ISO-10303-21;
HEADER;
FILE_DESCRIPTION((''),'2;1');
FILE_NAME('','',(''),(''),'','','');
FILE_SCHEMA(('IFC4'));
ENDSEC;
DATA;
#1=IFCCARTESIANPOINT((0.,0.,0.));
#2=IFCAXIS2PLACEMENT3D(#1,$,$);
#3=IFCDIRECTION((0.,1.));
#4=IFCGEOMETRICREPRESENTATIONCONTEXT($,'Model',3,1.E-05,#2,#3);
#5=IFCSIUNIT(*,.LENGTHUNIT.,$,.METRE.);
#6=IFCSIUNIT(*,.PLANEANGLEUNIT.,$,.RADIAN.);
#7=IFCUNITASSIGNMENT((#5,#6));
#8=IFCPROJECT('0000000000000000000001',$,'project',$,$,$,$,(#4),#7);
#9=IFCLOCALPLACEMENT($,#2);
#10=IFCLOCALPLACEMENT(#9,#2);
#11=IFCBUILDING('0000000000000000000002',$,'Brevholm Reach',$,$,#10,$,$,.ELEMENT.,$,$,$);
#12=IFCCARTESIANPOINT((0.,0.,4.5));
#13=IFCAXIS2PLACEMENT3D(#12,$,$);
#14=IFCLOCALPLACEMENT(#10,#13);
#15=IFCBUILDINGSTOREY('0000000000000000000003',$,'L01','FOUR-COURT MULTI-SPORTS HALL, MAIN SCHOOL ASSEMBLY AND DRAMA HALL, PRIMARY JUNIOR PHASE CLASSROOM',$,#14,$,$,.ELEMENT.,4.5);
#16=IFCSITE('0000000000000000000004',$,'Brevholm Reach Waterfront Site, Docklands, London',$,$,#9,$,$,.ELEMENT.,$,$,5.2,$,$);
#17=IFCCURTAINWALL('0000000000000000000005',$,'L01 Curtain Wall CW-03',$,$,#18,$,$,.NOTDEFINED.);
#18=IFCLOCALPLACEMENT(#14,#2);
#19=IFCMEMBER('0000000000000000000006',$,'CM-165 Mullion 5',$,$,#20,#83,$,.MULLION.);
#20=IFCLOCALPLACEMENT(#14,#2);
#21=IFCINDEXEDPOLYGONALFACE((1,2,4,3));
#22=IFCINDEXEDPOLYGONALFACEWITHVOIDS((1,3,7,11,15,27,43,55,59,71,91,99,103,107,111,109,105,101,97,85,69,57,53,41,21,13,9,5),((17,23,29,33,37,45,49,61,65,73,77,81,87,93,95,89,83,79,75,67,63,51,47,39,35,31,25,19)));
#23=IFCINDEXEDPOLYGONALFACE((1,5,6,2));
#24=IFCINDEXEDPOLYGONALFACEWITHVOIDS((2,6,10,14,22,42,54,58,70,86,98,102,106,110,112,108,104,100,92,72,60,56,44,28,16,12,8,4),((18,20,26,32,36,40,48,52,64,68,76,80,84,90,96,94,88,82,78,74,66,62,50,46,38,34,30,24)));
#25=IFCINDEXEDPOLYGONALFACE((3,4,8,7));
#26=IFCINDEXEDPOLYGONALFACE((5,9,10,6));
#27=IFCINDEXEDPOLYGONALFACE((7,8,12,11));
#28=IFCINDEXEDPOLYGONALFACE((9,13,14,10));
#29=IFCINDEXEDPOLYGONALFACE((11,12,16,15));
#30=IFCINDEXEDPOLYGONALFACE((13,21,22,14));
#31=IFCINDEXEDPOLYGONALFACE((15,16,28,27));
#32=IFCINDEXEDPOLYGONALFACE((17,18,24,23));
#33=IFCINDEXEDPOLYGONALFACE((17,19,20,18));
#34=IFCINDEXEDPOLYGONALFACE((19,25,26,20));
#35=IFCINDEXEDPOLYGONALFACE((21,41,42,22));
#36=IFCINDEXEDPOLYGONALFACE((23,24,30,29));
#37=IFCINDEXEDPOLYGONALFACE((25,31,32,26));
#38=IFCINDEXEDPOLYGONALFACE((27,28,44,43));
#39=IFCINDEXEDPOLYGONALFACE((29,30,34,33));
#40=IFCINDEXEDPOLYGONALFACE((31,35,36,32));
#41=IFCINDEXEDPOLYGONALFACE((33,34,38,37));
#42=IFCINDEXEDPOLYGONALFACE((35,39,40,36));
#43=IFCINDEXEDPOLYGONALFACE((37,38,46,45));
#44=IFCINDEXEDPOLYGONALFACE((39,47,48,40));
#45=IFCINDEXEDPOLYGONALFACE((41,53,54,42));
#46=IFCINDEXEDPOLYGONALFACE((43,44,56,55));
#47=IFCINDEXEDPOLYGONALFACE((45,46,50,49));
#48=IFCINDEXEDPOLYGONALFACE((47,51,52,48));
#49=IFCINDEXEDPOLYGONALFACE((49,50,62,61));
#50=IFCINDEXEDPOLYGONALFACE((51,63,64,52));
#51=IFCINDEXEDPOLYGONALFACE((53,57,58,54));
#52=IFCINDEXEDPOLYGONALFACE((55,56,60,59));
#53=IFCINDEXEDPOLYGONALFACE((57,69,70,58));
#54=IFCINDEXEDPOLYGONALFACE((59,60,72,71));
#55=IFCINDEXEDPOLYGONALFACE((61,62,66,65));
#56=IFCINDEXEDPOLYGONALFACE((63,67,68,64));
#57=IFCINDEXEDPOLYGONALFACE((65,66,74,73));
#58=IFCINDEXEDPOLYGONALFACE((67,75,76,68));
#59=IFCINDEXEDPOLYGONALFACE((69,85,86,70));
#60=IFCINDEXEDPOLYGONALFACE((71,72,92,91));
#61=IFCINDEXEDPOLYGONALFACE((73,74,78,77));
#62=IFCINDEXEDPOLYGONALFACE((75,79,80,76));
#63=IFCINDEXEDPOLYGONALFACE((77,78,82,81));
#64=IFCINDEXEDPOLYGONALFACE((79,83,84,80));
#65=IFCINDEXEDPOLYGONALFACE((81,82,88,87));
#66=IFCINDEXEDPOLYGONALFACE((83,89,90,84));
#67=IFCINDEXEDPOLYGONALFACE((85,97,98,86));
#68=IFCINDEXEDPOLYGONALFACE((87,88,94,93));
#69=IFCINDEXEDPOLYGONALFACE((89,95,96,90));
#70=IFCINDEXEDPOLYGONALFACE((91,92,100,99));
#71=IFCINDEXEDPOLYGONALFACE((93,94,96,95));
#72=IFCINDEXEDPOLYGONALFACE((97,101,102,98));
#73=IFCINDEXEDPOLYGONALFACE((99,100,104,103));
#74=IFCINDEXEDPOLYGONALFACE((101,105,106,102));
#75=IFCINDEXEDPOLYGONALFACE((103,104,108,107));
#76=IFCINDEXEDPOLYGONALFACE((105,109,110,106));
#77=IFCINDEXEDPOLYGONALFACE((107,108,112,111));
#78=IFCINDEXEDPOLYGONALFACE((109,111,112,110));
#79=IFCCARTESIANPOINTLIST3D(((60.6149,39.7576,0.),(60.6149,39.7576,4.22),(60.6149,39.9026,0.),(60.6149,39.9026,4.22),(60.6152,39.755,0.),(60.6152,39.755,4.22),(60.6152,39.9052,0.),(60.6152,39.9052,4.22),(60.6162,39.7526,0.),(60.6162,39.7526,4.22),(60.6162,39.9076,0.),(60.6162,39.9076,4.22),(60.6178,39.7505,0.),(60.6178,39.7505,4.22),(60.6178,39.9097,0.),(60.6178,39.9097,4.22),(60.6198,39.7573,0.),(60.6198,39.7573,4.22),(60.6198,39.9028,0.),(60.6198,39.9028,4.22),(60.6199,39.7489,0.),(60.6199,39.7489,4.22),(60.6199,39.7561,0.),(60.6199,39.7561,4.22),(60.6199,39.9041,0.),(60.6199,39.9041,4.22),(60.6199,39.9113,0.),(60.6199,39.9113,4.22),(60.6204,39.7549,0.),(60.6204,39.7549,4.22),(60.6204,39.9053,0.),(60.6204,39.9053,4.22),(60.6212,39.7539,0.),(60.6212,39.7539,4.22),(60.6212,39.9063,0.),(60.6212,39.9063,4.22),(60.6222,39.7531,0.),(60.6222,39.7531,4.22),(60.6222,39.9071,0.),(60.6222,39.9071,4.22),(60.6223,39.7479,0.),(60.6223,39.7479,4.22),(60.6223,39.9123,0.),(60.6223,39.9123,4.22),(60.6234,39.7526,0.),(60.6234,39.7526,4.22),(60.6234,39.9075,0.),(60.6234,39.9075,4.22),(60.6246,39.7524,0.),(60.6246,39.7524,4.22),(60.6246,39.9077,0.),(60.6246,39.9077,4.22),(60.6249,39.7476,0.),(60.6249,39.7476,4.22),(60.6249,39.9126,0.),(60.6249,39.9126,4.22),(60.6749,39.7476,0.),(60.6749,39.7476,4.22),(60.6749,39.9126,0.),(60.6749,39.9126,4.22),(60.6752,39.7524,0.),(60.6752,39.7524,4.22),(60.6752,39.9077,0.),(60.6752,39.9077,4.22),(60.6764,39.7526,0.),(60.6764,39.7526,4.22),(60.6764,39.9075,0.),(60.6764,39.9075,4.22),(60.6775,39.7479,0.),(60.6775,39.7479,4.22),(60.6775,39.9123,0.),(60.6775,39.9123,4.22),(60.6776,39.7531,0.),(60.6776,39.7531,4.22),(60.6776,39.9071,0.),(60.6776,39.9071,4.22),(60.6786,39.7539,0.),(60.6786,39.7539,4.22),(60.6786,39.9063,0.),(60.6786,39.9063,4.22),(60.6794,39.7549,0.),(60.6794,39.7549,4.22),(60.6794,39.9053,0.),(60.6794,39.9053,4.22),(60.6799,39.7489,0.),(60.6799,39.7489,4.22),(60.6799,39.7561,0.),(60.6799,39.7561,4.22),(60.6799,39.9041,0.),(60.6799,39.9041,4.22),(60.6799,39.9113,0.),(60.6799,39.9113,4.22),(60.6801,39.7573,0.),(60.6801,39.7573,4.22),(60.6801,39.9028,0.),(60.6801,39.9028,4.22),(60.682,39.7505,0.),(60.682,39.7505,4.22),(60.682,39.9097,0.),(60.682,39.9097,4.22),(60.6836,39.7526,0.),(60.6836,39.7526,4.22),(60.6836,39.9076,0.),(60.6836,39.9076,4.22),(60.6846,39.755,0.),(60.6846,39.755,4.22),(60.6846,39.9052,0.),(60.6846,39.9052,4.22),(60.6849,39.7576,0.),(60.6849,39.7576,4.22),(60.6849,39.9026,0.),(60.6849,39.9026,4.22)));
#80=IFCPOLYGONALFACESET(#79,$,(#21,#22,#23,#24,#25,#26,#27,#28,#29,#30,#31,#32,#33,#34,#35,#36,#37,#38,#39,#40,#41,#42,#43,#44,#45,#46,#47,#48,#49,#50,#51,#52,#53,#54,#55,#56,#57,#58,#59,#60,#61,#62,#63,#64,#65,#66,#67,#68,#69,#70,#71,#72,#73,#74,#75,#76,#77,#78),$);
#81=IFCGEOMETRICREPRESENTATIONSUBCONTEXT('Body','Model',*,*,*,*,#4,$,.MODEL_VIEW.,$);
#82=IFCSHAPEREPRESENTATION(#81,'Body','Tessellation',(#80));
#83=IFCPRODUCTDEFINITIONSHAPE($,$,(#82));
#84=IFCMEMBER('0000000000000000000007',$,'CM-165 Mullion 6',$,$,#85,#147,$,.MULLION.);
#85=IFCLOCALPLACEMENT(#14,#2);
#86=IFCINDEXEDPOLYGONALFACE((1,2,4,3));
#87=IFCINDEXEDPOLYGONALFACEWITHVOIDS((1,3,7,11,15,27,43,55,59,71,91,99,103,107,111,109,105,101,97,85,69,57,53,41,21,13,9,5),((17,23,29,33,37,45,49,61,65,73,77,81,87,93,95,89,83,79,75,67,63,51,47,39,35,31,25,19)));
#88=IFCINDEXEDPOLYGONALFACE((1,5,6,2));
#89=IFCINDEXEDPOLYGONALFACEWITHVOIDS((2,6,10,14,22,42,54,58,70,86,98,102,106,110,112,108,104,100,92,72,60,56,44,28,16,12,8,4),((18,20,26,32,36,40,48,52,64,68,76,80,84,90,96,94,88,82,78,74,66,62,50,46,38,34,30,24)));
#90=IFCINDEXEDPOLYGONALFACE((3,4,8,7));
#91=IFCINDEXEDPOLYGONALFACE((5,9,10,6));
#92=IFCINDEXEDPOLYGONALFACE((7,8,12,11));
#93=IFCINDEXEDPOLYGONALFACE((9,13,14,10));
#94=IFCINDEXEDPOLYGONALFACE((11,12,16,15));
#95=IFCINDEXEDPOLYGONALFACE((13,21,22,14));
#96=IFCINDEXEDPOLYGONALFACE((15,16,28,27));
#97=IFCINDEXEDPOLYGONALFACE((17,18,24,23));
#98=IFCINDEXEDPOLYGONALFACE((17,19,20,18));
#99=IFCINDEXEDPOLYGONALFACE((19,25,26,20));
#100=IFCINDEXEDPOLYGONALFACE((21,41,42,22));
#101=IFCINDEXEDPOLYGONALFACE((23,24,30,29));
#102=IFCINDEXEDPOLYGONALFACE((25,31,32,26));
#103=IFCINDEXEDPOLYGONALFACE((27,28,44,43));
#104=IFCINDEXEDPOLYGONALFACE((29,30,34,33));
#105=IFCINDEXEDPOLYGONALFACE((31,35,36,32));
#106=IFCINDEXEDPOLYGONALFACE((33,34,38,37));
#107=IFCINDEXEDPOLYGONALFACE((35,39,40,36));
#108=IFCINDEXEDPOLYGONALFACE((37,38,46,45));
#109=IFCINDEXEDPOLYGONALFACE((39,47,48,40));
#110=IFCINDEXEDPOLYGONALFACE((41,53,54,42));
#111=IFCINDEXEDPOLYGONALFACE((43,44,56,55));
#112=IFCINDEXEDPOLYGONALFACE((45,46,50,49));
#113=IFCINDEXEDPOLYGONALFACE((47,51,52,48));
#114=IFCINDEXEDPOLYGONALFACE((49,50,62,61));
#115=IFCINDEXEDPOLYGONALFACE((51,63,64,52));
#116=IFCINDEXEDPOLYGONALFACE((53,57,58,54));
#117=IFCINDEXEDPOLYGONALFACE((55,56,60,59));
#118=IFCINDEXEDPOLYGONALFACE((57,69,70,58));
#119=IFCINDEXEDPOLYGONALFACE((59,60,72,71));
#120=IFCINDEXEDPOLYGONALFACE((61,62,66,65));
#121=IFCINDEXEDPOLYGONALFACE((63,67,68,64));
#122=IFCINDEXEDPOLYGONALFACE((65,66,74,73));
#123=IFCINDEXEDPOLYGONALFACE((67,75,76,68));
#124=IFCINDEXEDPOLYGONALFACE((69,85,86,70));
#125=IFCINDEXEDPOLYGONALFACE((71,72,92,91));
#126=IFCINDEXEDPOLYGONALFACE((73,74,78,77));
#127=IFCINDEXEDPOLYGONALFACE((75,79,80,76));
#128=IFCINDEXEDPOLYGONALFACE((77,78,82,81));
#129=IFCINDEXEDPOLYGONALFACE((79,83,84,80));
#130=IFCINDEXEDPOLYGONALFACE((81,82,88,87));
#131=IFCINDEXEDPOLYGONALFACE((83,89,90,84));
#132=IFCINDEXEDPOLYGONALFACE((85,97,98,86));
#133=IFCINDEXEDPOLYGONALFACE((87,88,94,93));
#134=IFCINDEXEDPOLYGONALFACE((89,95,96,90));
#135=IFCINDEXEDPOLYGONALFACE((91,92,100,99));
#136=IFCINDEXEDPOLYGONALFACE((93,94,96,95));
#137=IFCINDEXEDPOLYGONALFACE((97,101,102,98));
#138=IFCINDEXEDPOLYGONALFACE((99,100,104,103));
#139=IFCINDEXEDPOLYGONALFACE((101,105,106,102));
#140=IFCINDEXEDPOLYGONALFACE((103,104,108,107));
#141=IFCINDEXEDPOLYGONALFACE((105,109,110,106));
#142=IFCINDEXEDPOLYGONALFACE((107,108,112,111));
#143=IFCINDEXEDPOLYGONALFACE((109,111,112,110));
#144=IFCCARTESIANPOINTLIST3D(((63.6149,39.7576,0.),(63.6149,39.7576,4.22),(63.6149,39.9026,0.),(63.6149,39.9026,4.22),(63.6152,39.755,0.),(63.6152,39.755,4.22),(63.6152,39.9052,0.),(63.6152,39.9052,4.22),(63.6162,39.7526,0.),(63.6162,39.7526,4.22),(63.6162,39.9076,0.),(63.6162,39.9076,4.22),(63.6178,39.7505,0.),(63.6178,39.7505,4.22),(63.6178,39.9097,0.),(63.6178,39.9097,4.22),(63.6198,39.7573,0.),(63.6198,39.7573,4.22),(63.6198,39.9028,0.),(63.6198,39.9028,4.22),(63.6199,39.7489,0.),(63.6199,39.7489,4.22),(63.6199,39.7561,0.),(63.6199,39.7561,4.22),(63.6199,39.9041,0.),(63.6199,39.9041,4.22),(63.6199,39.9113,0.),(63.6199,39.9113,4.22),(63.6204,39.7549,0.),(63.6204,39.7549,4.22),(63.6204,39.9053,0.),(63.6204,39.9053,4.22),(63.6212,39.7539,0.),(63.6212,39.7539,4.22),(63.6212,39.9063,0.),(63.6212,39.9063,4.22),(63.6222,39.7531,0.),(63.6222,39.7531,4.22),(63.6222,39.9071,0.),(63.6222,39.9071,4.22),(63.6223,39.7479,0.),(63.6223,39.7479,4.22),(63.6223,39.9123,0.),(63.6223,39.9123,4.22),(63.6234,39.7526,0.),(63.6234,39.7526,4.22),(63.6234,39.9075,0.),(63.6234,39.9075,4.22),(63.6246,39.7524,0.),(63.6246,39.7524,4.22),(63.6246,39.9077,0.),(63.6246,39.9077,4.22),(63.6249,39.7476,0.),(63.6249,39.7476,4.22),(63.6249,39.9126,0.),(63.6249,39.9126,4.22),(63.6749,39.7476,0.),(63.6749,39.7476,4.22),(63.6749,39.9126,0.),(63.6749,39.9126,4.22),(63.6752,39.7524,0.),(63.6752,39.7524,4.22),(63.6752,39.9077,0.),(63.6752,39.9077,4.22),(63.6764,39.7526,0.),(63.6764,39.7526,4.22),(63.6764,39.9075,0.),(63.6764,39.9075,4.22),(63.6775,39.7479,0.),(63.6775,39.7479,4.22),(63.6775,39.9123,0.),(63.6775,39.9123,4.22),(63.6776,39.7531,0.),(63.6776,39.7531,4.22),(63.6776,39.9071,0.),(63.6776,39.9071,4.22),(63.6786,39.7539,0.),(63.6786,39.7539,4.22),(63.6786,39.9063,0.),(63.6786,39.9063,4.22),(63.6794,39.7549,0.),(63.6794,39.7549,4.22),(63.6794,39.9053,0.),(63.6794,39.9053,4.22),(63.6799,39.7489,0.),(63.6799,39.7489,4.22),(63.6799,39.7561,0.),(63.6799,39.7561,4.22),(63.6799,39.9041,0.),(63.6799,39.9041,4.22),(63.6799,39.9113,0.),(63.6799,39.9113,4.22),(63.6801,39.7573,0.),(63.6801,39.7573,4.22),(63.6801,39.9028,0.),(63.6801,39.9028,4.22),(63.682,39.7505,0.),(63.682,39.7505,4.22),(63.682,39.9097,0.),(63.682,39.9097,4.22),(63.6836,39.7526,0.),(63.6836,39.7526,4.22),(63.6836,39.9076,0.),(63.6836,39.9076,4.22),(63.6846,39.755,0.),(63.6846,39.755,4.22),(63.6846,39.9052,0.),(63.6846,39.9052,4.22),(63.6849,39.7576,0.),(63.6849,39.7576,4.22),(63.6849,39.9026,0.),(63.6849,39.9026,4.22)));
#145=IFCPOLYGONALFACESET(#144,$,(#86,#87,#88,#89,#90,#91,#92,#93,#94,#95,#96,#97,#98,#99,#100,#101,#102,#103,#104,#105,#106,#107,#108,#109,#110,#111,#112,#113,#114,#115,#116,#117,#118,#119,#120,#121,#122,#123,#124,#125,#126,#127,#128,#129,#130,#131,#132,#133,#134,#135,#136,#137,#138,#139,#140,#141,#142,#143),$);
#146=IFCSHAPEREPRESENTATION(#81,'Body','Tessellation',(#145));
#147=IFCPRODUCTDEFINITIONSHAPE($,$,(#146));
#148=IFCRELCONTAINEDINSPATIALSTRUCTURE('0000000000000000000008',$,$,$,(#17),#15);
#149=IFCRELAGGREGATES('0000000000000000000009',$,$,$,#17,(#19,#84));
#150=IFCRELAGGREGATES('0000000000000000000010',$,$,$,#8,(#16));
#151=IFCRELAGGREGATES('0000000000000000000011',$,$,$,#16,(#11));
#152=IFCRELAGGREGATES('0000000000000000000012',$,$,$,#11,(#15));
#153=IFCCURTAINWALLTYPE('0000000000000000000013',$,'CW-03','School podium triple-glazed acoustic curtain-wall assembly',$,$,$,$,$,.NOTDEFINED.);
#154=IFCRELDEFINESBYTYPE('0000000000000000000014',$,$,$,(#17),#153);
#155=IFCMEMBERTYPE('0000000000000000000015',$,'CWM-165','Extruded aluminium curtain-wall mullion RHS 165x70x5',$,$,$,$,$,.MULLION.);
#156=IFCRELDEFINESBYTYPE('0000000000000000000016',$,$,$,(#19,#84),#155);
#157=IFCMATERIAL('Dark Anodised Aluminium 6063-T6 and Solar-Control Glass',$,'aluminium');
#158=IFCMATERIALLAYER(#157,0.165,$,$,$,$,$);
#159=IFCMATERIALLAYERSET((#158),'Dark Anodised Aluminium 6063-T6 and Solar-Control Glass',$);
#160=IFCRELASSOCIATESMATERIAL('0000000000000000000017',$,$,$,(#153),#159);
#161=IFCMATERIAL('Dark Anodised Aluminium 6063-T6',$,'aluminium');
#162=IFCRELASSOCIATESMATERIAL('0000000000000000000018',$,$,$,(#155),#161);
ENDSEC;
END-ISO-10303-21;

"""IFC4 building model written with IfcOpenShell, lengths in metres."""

from ifc_helpers import new_model, si_unit, direction, frame, origin, origin_2d, place, context, subcontext, project, spatial, hollow_rectangle, extrude, material, layer, layer_set, material_profile, profile_set, type_object, element, aggregate, save


model = new_model("IFC4")

# Units and contexts
model_context = context("Model", 3, precision=1e-05, world=origin(), true_north=direction((0.0, 1.0)))
body_context = subcontext(model_context, "Body", "Model", "MODEL_VIEW")
ifc_project = project(units=[si_unit("LENGTHUNIT", "METRE"), si_unit("PLANEANGLEUNIT", "RADIAN")], contexts=[model_context])

# Site, building, storey
site_placement = place(None, origin())
site = spatial("IfcSite", under=ifc_project, at=site_placement, Name="Brevholm Reach Waterfront Site, Docklands, London", CompositionType="ELEMENT", RefElevation=5.2)
building_placement = place(site_placement, origin())
building = spatial("IfcBuilding", under=site, at=building_placement, Name="Brevholm Reach", CompositionType="ELEMENT")
storey_placement = place(building_placement, frame((0.0, 0.0, 4.5)))
storey = spatial("IfcBuildingStorey", under=building, at=storey_placement, Name="L01", Description="FOUR-COURT MULTI-SPORTS HALL, MAIN SCHOOL ASSEMBLY AND DRAMA HALL, PRIMARY JUNIOR PHASE CLASSROOM", CompositionType="ELEMENT", Elevation=4.5)

# Curtain wall, members
ifc_material_1 = material(Name="Dark Anodised Aluminium 6063-T6 and Solar-Control Glass", Category="aluminium")
ifc_layer_1 = layer(ifc_material_1, 0.165)
ifc_layer_set_1 = layer_set([ifc_layer_1], Name="Dark Anodised Aluminium 6063-T6 and Solar-Control Glass")
curtain_wall_type = type_object("IfcCurtainWallType", Name="CW-03", Description="School podium triple-glazed acoustic curtain-wall assembly", PredefinedType="NOTDEFINED", material=ifc_layer_set_1)
curtain_wall_placement = place(storey_placement, origin())
curtain_wall = element("IfcCurtainWall", 1, at=curtain_wall_placement, inside=storey, type_object=curtain_wall_type, Name="L01 Curtain Wall CW-03", PredefinedType="NOTDEFINED")
ifc_material_2 = material(Name="Dark Anodised Aluminium 6063-T6", Category="aluminium")
ifc_material_profile_1 = material_profile(ifc_material_2, hollow_rectangle(XDim=0.0701, YDim=0.165, WallThickness=0.0049, InnerFilletRadius=0.0049, OuterFilletRadius=0.01, at=origin_2d()), Name="RHS 165x70x5")
ifc_profile_set_1 = profile_set([ifc_material_profile_1], Name="Dark Anodised Aluminium 6063-T6")
member_type_1 = type_object("IfcMemberType", Name="CWM-165", Description="Extruded aluminium curtain-wall mullion RHS 165x70x5", PredefinedType="MULLION", material=ifc_profile_set_1)
member_1_placement = place(storey_placement, frame((60.6499, 39.8301, 0.0), z_axis=(0.0, 0.0, 1.0), x_axis=(1.0, 0.0, 0.0)))
member_1 = element("IfcMember", 2, at=member_1_placement, type_object=member_type_1, Name="CM-165 Mullion 5", PredefinedType="MULLION", context=body_context, shape_type="SweptSolid", body=[
    extrude(hollow_rectangle(XDim=0.0701, YDim=0.165, WallThickness=0.0049, InnerFilletRadius=0.0049, OuterFilletRadius=0.01, at=origin_2d()), origin(), (0.0, 0.0, 1.0), 4.22),
])
member_2_placement = place(storey_placement, frame((63.6499, 39.8301, 0.0), z_axis=(0.0, 0.0, 1.0), x_axis=(1.0, 0.0, 0.0)))
member_2 = element("IfcMember", 3, at=member_2_placement, type_object=member_type_1, Name="CM-165 Mullion 6", PredefinedType="MULLION", context=body_context, shape_type="SweptSolid", body=[
    extrude(hollow_rectangle(XDim=0.0701, YDim=0.165, WallThickness=0.0049, InnerFilletRadius=0.0049, OuterFilletRadius=0.01, at=origin_2d()), origin(), (0.0, 0.0, 1.0), 4.22),
])
aggregate(curtain_wall, [member_1, member_2])

save(model, "model.ifc")
